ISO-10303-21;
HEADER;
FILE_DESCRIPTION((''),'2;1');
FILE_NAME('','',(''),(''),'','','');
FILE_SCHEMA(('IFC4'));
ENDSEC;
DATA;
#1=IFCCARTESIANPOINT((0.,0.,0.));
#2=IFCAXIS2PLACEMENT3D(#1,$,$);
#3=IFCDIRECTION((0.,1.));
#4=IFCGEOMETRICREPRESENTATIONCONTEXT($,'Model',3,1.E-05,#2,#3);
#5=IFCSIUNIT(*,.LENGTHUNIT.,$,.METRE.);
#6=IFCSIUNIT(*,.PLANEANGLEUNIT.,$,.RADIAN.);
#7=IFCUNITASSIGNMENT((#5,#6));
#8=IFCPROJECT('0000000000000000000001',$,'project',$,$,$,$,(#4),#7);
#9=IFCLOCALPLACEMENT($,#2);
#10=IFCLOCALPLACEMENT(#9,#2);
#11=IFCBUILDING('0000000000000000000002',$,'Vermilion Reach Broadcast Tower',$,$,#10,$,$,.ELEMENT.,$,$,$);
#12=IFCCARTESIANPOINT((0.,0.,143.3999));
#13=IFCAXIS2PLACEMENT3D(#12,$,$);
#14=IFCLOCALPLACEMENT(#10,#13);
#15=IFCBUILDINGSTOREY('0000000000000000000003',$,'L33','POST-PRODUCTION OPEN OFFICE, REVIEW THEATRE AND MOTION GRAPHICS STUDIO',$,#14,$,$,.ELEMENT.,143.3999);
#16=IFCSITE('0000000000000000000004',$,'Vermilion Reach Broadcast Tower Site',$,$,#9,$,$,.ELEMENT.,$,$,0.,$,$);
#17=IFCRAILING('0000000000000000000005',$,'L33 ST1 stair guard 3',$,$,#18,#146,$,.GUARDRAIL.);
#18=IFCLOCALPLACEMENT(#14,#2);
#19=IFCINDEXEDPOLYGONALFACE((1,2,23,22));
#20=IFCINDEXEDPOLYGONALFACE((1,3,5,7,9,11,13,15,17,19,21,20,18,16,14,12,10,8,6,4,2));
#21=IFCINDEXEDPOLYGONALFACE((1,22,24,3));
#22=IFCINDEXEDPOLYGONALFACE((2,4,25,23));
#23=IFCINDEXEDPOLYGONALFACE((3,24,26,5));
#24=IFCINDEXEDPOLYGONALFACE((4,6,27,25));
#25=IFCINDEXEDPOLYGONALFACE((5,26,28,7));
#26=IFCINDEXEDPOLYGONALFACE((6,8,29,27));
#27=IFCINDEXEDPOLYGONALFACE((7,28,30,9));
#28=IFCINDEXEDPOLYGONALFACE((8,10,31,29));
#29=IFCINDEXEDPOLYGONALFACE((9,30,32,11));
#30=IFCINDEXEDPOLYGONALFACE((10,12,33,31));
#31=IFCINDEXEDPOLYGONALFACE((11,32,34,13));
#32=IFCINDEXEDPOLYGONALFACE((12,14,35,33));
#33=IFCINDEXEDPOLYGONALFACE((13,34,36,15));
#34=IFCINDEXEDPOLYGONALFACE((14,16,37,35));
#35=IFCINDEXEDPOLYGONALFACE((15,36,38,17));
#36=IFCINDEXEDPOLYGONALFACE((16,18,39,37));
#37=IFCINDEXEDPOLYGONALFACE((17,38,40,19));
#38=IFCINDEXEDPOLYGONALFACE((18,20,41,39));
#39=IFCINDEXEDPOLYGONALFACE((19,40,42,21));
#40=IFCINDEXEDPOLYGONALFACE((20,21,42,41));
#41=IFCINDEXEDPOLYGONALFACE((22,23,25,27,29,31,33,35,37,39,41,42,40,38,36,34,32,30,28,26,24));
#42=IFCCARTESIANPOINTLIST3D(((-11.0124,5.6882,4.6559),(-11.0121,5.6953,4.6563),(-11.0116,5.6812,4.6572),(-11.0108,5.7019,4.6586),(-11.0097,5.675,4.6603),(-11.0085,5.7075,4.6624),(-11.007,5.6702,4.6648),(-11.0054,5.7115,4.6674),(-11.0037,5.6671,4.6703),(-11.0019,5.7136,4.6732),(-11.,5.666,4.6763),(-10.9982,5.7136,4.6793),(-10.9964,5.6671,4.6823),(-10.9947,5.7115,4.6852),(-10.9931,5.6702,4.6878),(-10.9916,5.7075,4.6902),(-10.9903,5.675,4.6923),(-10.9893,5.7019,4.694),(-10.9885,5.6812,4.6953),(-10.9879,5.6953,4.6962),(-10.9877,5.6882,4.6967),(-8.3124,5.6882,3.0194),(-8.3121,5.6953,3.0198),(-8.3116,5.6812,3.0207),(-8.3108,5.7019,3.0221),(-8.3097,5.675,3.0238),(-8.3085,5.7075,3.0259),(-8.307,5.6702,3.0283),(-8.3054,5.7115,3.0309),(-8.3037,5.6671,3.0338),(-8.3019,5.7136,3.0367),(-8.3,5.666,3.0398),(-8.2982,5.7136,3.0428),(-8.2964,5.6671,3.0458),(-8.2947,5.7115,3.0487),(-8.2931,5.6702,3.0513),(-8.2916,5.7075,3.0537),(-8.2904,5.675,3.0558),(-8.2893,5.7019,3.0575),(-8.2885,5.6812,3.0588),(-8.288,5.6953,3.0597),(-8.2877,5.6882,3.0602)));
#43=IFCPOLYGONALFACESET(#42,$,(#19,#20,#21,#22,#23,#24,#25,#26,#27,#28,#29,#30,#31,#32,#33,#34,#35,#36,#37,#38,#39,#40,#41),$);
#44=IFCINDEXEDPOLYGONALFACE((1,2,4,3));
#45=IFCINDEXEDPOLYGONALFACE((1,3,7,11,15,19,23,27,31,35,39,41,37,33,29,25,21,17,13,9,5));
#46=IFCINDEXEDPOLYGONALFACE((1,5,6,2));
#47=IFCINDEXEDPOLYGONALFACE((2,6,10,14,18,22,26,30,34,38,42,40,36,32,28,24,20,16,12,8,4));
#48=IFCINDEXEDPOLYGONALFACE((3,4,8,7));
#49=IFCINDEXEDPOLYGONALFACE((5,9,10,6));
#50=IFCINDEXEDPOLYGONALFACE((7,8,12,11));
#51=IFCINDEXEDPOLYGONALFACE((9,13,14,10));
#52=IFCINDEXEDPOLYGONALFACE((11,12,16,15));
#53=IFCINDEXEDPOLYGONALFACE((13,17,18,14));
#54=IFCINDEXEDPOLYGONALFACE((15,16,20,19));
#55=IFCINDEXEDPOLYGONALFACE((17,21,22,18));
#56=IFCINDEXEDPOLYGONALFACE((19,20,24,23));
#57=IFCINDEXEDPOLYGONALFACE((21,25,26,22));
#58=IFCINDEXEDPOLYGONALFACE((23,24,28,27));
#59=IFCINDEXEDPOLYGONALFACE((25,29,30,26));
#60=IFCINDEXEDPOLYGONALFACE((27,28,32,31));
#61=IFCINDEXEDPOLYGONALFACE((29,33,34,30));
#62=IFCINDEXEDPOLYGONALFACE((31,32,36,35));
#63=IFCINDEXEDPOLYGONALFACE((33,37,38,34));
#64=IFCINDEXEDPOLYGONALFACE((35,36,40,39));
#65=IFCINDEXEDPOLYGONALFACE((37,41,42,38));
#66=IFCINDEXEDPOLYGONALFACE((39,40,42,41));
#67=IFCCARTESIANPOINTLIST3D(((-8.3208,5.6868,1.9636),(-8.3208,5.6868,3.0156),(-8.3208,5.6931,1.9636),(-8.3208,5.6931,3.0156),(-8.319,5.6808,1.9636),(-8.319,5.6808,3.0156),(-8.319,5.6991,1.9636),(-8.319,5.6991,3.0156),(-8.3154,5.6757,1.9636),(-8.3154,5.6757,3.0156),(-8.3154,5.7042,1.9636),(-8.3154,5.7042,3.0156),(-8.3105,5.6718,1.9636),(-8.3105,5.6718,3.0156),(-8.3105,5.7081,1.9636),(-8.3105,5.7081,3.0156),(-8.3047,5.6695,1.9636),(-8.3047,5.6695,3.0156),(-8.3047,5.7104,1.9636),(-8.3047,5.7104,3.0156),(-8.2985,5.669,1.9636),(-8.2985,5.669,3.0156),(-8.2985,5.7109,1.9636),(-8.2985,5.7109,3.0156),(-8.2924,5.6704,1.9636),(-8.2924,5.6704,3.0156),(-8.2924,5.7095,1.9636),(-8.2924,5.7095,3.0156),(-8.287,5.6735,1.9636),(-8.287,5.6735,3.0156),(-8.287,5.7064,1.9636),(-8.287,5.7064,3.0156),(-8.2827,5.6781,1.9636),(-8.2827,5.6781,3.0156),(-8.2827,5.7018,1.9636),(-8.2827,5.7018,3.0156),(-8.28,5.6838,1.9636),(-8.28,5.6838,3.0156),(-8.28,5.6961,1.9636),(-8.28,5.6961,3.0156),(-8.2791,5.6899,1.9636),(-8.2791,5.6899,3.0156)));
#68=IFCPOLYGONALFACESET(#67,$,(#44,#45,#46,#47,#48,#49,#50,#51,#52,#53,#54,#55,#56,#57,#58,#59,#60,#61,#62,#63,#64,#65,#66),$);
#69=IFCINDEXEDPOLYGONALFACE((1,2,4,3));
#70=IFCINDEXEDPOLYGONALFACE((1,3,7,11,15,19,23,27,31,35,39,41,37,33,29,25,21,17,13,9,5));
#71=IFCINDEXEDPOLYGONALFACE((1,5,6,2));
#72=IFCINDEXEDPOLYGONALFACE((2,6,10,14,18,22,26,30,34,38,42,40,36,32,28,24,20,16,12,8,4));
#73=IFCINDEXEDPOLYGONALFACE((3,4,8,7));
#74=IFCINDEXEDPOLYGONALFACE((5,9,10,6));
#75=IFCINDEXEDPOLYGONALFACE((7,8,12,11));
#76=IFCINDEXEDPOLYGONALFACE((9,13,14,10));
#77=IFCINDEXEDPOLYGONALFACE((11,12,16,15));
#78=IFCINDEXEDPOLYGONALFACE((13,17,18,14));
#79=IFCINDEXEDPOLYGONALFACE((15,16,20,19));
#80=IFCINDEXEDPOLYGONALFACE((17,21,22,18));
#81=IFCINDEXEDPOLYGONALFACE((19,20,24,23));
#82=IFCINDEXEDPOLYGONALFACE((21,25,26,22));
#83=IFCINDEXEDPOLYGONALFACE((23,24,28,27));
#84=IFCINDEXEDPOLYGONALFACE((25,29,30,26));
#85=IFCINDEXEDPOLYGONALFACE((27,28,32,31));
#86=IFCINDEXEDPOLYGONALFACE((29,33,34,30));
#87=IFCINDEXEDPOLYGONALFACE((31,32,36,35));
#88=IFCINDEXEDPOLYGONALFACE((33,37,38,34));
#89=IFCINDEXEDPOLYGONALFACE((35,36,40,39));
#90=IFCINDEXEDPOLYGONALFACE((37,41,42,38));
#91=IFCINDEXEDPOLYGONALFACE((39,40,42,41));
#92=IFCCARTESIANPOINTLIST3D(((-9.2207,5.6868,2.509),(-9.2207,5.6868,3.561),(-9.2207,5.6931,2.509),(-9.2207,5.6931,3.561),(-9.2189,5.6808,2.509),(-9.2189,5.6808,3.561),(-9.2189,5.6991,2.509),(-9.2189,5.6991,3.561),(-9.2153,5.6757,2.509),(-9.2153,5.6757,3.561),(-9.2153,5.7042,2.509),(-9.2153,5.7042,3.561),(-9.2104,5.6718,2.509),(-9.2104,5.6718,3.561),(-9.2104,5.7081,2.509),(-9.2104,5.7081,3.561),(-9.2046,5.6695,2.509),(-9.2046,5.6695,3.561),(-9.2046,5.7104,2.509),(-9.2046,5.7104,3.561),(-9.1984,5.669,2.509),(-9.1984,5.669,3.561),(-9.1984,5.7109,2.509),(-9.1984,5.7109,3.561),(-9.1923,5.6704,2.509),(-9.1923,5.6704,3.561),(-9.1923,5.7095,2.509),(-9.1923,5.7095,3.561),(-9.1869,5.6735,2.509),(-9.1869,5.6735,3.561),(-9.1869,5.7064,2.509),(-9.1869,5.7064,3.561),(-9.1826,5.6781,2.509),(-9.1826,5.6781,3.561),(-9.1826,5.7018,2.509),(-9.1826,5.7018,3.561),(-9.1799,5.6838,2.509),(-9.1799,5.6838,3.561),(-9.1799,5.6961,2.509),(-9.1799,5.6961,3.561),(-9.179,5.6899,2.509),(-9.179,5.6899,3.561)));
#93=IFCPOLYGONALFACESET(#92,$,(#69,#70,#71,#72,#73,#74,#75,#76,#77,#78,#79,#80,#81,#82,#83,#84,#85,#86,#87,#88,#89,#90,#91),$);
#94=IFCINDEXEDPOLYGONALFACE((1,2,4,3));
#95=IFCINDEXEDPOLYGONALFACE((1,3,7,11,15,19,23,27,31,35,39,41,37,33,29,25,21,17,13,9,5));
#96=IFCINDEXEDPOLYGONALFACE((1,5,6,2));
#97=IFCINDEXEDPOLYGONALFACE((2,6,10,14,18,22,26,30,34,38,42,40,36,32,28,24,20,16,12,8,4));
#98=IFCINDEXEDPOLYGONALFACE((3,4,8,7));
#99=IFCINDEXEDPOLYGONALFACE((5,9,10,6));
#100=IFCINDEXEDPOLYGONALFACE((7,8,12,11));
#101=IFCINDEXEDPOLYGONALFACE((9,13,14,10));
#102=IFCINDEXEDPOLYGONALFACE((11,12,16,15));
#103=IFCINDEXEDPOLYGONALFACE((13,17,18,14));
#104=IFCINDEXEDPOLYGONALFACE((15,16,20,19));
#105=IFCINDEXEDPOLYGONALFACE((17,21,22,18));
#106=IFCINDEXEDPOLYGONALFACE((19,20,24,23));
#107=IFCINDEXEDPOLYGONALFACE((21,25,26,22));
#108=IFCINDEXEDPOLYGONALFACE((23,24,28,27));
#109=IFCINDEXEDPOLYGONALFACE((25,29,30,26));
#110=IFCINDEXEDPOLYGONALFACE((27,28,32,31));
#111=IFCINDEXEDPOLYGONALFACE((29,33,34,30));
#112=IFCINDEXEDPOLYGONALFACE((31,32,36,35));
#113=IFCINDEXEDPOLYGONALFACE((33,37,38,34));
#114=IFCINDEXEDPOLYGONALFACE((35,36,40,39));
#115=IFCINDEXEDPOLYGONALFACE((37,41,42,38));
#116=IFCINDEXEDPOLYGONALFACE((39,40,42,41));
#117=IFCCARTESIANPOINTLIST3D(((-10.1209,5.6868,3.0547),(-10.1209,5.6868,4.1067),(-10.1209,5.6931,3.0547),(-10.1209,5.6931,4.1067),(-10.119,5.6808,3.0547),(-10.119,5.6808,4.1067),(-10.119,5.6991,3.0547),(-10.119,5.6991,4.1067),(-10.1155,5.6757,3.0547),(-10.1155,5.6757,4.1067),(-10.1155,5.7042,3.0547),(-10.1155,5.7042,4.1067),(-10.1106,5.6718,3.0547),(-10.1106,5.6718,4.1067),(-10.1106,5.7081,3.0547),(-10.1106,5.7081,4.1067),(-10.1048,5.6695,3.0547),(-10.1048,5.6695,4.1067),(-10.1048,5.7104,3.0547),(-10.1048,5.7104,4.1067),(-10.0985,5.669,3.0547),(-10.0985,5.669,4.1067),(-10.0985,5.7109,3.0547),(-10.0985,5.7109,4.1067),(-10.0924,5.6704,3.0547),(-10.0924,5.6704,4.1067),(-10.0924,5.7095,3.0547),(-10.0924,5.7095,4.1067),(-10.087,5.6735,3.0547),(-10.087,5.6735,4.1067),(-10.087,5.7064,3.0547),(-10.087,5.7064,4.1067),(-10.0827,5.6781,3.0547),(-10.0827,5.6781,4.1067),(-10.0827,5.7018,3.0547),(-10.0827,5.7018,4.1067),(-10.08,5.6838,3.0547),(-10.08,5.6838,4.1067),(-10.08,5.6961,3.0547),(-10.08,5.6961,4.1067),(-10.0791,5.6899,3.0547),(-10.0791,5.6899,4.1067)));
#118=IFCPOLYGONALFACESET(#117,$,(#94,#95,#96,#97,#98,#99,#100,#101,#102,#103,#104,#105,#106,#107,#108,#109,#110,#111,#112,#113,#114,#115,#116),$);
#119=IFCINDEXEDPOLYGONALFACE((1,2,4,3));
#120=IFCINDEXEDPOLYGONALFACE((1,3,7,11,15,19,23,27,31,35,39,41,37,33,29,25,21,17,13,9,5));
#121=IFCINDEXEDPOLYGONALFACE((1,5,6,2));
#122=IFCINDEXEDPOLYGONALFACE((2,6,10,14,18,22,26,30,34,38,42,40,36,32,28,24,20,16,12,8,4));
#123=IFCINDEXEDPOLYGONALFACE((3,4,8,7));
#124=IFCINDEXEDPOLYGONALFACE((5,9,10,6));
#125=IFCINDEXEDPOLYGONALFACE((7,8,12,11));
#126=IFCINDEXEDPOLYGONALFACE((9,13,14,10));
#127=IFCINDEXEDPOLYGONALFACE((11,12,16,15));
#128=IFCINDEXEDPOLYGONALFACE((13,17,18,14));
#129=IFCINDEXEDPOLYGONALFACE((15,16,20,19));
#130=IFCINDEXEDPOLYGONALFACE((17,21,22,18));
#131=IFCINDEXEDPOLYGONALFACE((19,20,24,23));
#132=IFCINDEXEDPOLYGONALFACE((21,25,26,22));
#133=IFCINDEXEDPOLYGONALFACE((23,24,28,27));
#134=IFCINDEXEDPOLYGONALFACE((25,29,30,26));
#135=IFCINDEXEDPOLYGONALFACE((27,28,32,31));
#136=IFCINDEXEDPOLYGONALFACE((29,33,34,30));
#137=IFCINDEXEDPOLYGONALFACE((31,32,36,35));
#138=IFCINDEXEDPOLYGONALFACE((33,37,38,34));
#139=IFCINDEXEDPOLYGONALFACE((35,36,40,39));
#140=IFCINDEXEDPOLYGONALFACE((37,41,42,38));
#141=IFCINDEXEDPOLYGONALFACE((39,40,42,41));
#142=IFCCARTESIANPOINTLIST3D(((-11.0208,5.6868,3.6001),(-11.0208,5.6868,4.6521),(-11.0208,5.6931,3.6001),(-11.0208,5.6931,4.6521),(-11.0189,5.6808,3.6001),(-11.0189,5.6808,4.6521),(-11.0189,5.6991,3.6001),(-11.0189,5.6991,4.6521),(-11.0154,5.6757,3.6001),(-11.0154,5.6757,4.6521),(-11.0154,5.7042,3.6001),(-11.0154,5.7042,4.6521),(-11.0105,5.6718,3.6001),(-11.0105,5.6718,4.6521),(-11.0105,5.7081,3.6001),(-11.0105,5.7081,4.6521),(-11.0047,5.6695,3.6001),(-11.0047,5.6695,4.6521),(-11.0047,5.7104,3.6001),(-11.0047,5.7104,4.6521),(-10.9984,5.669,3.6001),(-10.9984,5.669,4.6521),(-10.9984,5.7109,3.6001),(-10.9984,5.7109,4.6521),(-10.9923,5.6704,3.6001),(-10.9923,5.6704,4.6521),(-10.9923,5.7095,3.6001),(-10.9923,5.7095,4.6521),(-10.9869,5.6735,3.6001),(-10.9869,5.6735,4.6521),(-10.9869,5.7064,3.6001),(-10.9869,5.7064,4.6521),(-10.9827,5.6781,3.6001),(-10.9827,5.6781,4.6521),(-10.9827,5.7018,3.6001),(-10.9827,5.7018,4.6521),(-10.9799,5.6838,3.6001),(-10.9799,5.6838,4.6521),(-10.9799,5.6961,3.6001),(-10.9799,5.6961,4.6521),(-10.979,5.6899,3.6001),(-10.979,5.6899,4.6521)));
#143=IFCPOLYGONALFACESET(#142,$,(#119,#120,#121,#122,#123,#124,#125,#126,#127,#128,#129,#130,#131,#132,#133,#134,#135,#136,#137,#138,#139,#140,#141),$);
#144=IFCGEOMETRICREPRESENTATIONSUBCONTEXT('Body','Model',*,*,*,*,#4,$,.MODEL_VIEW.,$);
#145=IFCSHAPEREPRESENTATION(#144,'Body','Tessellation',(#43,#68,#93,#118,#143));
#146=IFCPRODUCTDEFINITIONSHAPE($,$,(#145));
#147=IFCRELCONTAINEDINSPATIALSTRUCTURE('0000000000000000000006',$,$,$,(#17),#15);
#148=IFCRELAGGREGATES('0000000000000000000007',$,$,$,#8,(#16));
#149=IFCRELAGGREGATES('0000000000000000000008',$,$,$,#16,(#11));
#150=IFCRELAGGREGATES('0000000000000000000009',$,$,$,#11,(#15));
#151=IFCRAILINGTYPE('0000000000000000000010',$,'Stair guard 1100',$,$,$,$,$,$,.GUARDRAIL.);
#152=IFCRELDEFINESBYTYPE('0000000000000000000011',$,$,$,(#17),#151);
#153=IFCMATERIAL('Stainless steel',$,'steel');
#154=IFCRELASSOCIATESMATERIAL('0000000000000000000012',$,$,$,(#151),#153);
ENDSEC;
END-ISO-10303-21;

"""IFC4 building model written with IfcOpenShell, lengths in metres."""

from ifc_helpers import new_model, si_unit, direction, frame, origin, origin_2d, place, context, subcontext, project, spatial, circle, extrude, material, type_object, element, save


model = new_model("IFC4")

# Units and contexts
model_context = context("Model", 3, precision=1e-05, world=origin(), true_north=direction((0.0, 1.0)))
body_context = subcontext(model_context, "Body", "Model", "MODEL_VIEW")
ifc_project = project(units=[si_unit("LENGTHUNIT", "METRE"), si_unit("PLANEANGLEUNIT", "RADIAN")], contexts=[model_context])

# Site, building, storey
site_placement = place(None, origin())
site = spatial("IfcSite", under=ifc_project, at=site_placement, Name="Vermilion Reach Broadcast Tower Site", CompositionType="ELEMENT", RefElevation=0.0)
building_placement = place(site_placement, origin())
building = spatial("IfcBuilding", under=site, at=building_placement, Name="Vermilion Reach Broadcast Tower", CompositionType="ELEMENT")
storey_placement = place(building_placement, frame((0.0, 0.0, 143.3999)))
storey = spatial("IfcBuildingStorey", under=building, at=storey_placement, Name="L33", Description="POST-PRODUCTION OPEN OFFICE, REVIEW THEATRE AND MOTION GRAPHICS STUDIO", CompositionType="ELEMENT", Elevation=143.3999)

# Railing
ifc_material_1 = material(Name="Stainless steel", Category="steel")
railing_type_1 = type_object("IfcRailingType", Name="Stair guard 1100", PredefinedType="GUARDRAIL", material=ifc_material_1)
railing_1_placement = place(storey_placement, frame((-8.3, 5.6899, 1.9636)))
element("IfcRailing", 1, at=railing_1_placement, inside=storey, type_object=railing_type_1, Name="L33 ST1 stair guard 3", PredefinedType="GUARDRAIL", context=body_context, shape_type="SweptSolid", body=[
    extrude(circle(Radius=0.0239, at=origin_2d()), frame((0.0, 0.0, 1.0762), z_axis=(-0.855178, 0.0, 0.518334), x_axis=(0.0, -1.0, 0.0)), (0.0, 0.0, 1.0), 3.1572),
    extrude(circle(Radius=0.021, at=origin_2d()), origin(), (0.0, 0.0, 1.0), 1.052),
    extrude(circle(Radius=0.021, at=origin_2d()), frame((-0.8999, 0.0, 0.5454)), (0.0, 0.0, 1.0), 1.052),
    extrude(circle(Radius=0.021, at=origin_2d()), frame((-1.8, 0.0, 1.0911)), (0.0, 0.0, 1.0), 1.052),
    extrude(circle(Radius=0.021, at=origin_2d()), frame((-2.7, 0.0, 1.6365)), (0.0, 0.0, 1.0), 1.052),
])

save(model, "model.ifc")
